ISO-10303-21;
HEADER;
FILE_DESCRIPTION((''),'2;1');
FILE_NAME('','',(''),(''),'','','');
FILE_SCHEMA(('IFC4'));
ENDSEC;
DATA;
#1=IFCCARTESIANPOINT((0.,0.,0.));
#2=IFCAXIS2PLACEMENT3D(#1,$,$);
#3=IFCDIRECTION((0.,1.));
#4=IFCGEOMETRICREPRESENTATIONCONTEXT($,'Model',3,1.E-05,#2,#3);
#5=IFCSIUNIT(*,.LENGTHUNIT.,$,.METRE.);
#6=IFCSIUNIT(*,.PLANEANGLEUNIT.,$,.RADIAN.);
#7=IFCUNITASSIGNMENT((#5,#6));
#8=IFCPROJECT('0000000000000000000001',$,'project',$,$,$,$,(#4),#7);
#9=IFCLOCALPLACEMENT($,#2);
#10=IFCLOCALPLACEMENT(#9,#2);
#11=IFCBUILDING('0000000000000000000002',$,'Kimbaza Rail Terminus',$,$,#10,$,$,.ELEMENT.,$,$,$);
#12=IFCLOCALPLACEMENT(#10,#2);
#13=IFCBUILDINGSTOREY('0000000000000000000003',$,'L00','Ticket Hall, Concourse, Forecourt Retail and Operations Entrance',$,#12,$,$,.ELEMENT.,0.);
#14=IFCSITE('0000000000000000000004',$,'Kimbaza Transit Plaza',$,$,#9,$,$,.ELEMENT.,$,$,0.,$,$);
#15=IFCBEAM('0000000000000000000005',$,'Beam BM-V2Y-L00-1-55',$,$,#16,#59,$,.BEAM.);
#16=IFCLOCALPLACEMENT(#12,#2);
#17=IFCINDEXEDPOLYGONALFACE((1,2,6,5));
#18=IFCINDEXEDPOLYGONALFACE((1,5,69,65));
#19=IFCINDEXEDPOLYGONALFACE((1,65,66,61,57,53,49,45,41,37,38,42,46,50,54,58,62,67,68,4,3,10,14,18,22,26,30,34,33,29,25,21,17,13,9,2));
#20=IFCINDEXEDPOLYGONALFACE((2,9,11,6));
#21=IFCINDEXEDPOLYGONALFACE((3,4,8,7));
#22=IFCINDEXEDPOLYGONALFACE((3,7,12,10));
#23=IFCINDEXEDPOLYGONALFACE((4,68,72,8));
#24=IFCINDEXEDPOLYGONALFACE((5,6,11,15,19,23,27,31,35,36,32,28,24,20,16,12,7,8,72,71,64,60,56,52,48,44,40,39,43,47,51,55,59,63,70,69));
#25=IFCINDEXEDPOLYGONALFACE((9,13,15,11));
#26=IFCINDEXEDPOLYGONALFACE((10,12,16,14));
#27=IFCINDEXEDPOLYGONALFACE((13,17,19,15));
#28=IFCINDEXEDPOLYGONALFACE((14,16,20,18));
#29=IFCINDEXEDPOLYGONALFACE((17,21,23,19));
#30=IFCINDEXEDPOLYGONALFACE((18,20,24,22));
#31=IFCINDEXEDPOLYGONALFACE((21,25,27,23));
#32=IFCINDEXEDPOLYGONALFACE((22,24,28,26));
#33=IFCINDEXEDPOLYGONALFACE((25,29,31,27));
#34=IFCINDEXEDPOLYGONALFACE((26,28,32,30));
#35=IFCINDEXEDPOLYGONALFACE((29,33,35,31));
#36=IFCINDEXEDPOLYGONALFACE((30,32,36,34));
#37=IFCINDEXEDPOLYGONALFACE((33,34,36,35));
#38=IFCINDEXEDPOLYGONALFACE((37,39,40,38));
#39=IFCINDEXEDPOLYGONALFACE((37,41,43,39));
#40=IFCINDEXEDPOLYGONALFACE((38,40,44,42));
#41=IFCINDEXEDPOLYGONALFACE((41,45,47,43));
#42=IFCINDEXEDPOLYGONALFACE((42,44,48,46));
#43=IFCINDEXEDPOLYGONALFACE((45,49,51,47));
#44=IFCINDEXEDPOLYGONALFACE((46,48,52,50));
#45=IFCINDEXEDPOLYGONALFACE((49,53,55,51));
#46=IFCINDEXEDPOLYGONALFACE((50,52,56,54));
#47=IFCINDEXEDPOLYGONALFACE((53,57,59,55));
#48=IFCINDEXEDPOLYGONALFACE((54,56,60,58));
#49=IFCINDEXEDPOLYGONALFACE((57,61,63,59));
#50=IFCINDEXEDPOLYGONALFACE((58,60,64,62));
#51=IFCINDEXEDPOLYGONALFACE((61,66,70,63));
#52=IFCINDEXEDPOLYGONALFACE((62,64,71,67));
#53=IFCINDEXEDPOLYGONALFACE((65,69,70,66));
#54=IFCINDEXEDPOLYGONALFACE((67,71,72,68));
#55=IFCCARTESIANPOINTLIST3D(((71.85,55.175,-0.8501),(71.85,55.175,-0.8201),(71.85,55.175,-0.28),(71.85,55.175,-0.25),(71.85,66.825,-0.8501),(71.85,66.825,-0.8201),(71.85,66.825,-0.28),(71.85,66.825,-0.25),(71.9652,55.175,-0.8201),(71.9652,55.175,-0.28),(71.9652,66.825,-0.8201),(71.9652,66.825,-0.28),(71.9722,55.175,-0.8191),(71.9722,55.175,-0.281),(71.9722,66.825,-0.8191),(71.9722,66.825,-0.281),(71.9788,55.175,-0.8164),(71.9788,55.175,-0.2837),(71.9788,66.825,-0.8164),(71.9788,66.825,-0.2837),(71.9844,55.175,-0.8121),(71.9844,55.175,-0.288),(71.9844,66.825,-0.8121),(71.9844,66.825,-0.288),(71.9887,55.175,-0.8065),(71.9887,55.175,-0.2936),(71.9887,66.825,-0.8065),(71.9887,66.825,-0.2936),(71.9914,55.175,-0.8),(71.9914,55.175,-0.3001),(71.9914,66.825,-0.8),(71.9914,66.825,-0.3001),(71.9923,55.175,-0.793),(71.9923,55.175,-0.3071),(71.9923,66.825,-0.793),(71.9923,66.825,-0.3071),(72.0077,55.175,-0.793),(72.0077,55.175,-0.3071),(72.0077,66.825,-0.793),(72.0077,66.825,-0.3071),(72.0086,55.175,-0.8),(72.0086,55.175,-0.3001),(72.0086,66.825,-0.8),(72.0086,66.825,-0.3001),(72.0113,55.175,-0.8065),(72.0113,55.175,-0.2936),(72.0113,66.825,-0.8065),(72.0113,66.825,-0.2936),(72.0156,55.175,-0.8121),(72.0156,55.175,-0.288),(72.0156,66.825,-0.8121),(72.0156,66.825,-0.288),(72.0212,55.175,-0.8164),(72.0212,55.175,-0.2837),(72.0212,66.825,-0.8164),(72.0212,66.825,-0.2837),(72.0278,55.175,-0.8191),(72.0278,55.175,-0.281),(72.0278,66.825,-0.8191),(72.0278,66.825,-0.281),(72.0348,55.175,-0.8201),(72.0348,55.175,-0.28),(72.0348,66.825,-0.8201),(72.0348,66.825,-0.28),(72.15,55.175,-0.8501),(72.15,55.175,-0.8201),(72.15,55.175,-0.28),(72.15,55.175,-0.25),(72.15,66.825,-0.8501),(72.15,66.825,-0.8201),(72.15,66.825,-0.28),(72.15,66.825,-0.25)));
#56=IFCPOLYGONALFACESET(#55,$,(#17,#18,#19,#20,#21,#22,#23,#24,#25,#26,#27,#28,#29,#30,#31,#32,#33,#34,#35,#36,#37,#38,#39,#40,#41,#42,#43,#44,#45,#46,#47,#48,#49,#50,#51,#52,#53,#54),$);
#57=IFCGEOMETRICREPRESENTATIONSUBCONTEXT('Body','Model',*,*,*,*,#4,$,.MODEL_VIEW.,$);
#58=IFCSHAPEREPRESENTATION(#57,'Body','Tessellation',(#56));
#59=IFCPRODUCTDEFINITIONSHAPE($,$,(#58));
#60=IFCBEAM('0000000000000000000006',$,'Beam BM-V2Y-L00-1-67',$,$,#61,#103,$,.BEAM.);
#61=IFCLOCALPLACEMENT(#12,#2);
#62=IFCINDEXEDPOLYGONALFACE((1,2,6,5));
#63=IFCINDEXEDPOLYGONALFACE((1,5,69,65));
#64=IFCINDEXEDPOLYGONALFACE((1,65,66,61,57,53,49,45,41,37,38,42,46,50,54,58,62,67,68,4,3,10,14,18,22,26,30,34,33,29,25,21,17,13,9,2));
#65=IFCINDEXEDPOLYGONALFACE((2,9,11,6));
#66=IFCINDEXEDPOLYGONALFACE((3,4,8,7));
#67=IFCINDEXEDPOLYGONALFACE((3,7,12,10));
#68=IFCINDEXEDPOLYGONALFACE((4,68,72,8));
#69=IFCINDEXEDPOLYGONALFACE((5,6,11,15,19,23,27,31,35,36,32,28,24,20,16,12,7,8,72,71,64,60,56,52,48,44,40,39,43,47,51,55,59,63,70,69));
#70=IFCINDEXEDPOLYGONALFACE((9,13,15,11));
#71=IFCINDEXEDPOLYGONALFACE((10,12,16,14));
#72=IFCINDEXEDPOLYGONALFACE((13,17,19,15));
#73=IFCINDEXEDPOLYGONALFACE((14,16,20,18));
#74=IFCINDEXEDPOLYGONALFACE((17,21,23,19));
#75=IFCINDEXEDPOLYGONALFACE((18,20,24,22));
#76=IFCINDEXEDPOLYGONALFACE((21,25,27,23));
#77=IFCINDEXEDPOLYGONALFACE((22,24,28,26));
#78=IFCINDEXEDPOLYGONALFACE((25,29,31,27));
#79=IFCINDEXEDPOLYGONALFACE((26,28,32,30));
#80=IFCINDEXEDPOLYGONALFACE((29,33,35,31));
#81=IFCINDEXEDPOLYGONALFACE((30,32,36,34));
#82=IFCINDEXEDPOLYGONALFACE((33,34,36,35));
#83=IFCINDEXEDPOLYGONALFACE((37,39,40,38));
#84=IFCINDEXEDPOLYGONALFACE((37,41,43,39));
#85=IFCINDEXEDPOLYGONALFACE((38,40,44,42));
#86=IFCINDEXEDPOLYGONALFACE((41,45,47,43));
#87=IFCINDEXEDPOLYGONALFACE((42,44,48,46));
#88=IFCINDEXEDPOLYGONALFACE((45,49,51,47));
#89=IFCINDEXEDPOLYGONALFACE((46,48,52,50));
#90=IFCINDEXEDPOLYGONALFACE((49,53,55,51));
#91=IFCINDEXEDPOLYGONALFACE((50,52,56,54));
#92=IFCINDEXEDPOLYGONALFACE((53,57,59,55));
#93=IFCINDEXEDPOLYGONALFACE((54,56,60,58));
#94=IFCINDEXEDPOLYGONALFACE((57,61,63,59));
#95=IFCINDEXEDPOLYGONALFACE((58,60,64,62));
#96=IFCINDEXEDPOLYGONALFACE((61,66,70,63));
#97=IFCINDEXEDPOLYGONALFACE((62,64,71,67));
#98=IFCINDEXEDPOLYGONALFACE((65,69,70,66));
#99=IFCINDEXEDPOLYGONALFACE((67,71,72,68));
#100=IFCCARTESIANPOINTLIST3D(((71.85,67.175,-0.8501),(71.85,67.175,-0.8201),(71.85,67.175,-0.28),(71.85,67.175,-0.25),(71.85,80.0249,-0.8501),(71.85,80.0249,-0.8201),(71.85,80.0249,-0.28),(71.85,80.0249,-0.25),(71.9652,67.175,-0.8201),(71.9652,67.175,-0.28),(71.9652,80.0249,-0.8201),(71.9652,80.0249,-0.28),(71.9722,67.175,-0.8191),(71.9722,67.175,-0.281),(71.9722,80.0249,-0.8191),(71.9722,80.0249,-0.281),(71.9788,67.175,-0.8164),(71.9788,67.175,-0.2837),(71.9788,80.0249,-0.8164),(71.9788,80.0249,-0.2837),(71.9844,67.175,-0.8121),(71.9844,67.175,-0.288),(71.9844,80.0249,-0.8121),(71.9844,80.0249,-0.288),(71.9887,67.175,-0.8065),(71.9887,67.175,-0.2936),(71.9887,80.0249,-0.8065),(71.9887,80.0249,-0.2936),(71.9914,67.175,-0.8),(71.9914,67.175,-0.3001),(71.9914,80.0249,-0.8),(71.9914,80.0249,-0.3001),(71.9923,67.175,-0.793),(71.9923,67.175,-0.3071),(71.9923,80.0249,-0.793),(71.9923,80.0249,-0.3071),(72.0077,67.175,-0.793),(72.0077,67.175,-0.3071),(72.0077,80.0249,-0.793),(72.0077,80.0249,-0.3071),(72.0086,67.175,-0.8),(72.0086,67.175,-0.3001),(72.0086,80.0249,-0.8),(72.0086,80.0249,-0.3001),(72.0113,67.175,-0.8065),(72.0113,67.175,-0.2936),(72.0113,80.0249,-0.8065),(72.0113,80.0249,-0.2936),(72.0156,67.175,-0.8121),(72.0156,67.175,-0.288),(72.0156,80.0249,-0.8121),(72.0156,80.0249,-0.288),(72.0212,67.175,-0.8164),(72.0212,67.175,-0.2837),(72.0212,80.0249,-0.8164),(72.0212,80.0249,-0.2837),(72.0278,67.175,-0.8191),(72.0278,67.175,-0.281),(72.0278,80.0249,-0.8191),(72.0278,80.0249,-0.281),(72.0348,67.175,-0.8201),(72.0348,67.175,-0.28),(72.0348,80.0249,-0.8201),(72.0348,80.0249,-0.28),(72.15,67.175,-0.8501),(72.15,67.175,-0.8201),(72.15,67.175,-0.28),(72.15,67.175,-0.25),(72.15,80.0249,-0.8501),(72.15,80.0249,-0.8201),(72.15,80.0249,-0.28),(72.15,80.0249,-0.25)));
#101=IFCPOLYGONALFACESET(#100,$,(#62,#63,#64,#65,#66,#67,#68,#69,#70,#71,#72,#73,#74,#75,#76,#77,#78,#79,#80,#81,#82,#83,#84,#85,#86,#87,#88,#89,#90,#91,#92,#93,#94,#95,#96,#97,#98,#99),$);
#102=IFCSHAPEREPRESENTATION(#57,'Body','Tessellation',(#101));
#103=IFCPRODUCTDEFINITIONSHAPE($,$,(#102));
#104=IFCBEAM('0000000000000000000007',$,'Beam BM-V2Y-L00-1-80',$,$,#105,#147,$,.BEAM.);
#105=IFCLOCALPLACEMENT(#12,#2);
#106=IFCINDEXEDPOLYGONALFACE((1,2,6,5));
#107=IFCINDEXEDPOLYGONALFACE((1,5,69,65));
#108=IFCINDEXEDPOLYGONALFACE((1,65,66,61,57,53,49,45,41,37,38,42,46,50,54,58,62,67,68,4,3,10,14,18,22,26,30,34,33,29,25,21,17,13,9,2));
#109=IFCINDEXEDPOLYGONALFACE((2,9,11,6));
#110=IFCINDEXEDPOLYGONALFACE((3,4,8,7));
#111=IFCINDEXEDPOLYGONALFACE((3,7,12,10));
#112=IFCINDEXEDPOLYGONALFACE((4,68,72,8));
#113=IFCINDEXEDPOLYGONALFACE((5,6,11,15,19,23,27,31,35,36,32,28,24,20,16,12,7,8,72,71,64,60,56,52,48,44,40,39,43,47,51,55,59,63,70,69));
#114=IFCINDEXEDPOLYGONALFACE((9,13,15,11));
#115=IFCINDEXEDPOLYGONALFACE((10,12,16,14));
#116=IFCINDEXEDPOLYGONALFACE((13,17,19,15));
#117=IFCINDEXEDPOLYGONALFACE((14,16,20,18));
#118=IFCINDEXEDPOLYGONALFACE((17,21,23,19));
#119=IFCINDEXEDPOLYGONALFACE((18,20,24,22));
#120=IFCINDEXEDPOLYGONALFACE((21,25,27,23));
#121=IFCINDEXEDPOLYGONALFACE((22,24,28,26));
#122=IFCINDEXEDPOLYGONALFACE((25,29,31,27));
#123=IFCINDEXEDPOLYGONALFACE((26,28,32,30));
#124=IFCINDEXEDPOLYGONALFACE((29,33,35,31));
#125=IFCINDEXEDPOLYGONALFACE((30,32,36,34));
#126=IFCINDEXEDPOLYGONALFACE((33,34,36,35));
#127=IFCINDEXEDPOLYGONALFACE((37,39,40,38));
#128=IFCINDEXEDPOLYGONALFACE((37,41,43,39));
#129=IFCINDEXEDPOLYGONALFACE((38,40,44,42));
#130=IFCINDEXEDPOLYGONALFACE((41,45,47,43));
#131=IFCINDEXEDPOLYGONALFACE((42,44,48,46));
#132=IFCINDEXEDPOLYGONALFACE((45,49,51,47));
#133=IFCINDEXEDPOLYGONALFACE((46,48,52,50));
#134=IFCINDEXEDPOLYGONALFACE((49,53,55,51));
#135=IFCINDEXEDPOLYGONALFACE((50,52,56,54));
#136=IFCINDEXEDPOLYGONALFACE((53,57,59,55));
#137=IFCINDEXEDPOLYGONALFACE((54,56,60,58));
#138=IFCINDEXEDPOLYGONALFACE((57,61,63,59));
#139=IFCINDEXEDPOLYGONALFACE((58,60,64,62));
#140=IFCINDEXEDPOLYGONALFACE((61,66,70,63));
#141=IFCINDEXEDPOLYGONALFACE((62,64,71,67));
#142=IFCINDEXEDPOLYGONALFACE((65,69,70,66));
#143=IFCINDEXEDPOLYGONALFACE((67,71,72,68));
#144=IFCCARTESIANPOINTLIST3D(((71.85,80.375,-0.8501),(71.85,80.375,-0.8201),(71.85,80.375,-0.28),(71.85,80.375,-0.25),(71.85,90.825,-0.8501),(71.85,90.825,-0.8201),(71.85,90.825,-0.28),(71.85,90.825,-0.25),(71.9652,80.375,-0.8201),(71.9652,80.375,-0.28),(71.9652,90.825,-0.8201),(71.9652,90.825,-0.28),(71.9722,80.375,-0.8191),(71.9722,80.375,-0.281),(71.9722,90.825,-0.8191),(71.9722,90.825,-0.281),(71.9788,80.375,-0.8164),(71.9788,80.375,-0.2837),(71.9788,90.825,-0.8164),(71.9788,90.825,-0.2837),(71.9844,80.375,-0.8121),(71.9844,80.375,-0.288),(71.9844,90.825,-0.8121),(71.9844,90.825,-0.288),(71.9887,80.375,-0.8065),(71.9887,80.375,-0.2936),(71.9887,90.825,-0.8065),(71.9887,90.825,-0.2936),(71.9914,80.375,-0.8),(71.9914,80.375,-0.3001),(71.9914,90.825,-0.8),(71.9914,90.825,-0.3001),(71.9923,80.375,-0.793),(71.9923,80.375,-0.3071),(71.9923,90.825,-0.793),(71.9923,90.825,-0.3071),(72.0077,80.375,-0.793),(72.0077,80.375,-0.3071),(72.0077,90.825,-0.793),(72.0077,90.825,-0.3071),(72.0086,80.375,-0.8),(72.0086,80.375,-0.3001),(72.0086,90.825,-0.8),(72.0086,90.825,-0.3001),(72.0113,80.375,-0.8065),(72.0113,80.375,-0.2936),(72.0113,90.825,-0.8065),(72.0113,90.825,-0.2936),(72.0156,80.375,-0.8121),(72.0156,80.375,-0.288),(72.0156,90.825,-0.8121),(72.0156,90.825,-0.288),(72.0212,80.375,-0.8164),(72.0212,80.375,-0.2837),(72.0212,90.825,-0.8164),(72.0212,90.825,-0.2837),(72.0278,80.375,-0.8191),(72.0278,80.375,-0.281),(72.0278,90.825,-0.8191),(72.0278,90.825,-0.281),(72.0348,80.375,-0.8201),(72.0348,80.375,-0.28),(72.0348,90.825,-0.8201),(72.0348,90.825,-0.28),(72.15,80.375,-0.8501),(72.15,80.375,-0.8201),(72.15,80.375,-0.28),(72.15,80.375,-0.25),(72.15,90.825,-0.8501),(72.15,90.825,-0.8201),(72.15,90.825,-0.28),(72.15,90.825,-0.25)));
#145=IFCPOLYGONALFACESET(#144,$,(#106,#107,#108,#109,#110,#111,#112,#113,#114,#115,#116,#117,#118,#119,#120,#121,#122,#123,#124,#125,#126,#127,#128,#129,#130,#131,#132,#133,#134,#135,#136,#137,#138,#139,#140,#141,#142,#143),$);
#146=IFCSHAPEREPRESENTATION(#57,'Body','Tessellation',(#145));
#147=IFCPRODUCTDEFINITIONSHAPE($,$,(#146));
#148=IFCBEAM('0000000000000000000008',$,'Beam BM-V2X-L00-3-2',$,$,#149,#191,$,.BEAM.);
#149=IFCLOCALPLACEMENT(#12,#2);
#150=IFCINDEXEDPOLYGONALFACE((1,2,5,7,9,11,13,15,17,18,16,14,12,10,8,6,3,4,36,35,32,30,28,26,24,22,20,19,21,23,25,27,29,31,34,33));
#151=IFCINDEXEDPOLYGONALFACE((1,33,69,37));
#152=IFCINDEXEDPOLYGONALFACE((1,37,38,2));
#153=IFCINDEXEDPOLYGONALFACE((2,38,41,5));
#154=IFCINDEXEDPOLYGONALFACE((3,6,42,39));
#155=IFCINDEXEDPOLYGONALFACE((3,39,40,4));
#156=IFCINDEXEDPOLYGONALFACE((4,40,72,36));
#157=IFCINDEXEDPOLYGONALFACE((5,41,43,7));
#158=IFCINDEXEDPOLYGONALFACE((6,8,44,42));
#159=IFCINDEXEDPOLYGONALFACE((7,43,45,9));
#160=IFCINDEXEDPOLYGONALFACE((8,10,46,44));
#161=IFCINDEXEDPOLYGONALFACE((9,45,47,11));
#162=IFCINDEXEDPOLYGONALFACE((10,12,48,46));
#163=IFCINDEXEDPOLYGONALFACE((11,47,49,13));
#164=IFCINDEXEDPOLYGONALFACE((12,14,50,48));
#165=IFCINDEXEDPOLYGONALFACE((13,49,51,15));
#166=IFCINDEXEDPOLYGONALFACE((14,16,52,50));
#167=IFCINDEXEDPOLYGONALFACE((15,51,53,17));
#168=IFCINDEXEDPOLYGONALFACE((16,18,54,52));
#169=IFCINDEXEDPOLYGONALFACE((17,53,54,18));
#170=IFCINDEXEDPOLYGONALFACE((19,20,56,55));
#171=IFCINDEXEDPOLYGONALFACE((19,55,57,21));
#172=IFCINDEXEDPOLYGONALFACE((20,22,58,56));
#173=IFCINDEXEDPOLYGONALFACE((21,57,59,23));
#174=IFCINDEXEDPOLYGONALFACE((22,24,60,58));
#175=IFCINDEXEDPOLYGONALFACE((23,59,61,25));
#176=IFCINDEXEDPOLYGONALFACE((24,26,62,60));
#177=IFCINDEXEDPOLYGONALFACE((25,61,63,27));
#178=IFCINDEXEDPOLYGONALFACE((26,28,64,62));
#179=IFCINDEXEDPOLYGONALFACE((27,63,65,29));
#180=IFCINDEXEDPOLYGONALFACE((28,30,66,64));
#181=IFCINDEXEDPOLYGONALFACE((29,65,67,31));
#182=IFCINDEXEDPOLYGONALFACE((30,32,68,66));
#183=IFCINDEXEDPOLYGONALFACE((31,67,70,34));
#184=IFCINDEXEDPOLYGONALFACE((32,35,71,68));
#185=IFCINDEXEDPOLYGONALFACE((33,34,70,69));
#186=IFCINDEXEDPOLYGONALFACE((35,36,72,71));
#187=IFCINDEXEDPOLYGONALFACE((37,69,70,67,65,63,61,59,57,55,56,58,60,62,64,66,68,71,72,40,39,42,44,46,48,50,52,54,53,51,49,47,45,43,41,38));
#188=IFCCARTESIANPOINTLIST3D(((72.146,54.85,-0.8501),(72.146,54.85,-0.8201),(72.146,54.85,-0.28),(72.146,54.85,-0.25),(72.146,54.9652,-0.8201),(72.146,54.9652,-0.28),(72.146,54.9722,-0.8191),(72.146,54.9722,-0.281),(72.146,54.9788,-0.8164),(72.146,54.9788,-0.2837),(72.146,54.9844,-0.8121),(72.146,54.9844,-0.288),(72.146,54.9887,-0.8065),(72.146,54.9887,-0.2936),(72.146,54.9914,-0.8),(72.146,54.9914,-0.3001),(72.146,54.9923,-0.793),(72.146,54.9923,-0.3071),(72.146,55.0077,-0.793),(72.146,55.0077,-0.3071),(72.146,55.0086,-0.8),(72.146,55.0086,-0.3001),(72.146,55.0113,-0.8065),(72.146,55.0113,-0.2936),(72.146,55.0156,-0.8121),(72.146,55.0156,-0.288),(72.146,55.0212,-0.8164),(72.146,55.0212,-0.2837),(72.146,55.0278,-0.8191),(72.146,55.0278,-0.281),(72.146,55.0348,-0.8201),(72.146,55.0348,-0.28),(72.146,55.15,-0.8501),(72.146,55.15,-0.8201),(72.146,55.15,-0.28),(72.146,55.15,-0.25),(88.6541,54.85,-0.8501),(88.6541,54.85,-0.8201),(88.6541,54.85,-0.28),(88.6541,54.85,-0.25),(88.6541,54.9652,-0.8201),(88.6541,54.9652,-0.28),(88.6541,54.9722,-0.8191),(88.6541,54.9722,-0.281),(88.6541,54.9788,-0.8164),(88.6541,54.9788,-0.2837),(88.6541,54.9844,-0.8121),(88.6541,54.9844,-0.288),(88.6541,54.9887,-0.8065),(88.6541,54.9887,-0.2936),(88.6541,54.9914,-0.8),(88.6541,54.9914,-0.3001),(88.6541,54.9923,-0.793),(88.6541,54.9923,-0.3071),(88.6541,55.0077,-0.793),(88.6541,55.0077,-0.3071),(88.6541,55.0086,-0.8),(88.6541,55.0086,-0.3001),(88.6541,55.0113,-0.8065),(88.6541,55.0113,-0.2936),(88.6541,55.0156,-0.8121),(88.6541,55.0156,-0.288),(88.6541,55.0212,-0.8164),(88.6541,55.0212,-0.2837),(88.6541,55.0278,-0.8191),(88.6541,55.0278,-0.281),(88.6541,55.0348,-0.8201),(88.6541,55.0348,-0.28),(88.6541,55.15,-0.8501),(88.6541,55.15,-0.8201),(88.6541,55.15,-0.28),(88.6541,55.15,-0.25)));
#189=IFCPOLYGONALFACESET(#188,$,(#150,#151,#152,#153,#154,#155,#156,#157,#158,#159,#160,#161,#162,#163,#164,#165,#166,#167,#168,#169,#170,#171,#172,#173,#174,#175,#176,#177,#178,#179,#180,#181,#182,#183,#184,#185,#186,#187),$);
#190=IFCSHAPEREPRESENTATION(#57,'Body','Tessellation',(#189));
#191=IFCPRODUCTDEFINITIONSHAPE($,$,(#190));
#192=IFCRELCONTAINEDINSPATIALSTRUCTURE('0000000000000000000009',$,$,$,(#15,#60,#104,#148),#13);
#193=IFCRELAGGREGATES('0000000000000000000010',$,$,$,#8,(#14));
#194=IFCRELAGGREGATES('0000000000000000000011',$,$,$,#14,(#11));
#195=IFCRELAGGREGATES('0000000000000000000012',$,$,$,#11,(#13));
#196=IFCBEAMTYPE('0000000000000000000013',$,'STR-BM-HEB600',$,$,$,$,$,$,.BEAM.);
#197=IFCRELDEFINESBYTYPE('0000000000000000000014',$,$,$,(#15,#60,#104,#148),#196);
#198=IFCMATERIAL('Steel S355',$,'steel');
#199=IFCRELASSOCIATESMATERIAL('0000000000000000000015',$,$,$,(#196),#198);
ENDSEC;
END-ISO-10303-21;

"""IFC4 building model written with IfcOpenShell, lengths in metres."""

from ifc_helpers import new_model, si_unit, direction, frame, origin, origin_2d, place, context, subcontext, project, spatial, i_section, extrude, material, material_profile, profile_set, type_object, element, save


model = new_model("IFC4")

# Units and contexts
model_context = context("Model", 3, precision=1e-05, world=origin(), true_north=direction((0.0, 1.0)))
body_context = subcontext(model_context, "Body", "Model", "MODEL_VIEW")
ifc_project = project(units=[si_unit("LENGTHUNIT", "METRE"), si_unit("PLANEANGLEUNIT", "RADIAN")], contexts=[model_context])

# Site, building, storey
site_placement = place(None, origin())
site = spatial("IfcSite", under=ifc_project, at=site_placement, Name="Kimbaza Transit Plaza", CompositionType="ELEMENT", RefElevation=0.0)
building_placement = place(site_placement, origin())
building = spatial("IfcBuilding", under=site, at=building_placement, Name="Kimbaza Rail Terminus", CompositionType="ELEMENT")
storey_placement = place(building_placement, origin())
storey = spatial("IfcBuildingStorey", under=building, at=storey_placement, Name="L00", Description="Ticket Hall, Concourse, Forecourt Retail and Operations Entrance", CompositionType="ELEMENT", Elevation=0.0)

# Beams
ifc_material_1 = material(Name="Steel S355", Category="steel")
ifc_material_profile_1 = material_profile(ifc_material_1, i_section(OverallWidth=0.3, OverallDepth=0.6001, WebThickness=0.0154, FlangeThickness=0.03, FilletRadius=0.0271, at=origin_2d()), Name="HEB 600")
ifc_profile_set_1 = profile_set([ifc_material_profile_1], Name="Steel S355")
beam_type_1 = type_object("IfcBeamType", Name="STR-BM-HEB600", PredefinedType="BEAM", material=ifc_profile_set_1)
beam_1_placement = place(storey_placement, frame((72.0, 55.175, -0.55), z_axis=(0.0, 1.0, 0.0), x_axis=(-1.0, 0.0, 0.0)))
element("IfcBeam", 1, at=beam_1_placement, inside=storey, type_object=beam_type_1, Name="Beam BM-V2Y-L00-1-55", PredefinedType="BEAM", context=body_context, shape_type="SweptSolid", body=[
    extrude(i_section(OverallWidth=0.3, OverallDepth=0.6001, WebThickness=0.0154, FlangeThickness=0.03, FilletRadius=0.0271, at=origin_2d()), origin(), (0.0, 0.0, 1.0), 11.6499),
])
beam_2_placement = place(storey_placement, frame((72.0, 67.175, -0.55), z_axis=(0.0, 1.0, 0.0), x_axis=(-1.0, 0.0, 0.0)))
element("IfcBeam", 2, at=beam_2_placement, inside=storey, type_object=beam_type_1, Name="Beam BM-V2Y-L00-1-67", PredefinedType="BEAM", context=body_context, shape_type="SweptSolid", body=[
    extrude(i_section(OverallWidth=0.3, OverallDepth=0.6001, WebThickness=0.0154, FlangeThickness=0.03, FilletRadius=0.0271, at=origin_2d()), origin(), (0.0, 0.0, 1.0), 12.8499),
])
beam_3_placement = place(storey_placement, frame((72.0, 80.375, -0.55), z_axis=(0.0, 1.0, 0.0), x_axis=(-1.0, 0.0, 0.0)))
element("IfcBeam", 3, at=beam_3_placement, inside=storey, type_object=beam_type_1, Name="Beam BM-V2Y-L00-1-80", PredefinedType="BEAM", context=body_context, shape_type="SweptSolid", body=[
    extrude(i_section(OverallWidth=0.3, OverallDepth=0.6001, WebThickness=0.0154, FlangeThickness=0.03, FilletRadius=0.0271, at=origin_2d()), origin(), (0.0, 0.0, 1.0), 10.45),
])
for number, where, z_axis, x_axis, name in (
    (4, (72.146, 55.0, -0.55), (1.0, 0.0, 0.0), (0.0, 1.0, 0.0), "Beam BM-V2X-L00-3-2"),
):
    element("IfcBeam", number, at=place(storey_placement, frame(where, z_axis=z_axis, x_axis=x_axis)), inside=storey, type_object=beam_type_1, Name=name, PredefinedType="BEAM", context=body_context, shape_type="SweptSolid", body=[
        extrude(i_section(OverallWidth=0.3, OverallDepth=0.6001, WebThickness=0.0154, FlangeThickness=0.03, FilletRadius=0.0271, at=origin_2d()), origin(), (0.0, 0.0, 1.0), 16.5081),
    ])

save(model, "model.ifc")
